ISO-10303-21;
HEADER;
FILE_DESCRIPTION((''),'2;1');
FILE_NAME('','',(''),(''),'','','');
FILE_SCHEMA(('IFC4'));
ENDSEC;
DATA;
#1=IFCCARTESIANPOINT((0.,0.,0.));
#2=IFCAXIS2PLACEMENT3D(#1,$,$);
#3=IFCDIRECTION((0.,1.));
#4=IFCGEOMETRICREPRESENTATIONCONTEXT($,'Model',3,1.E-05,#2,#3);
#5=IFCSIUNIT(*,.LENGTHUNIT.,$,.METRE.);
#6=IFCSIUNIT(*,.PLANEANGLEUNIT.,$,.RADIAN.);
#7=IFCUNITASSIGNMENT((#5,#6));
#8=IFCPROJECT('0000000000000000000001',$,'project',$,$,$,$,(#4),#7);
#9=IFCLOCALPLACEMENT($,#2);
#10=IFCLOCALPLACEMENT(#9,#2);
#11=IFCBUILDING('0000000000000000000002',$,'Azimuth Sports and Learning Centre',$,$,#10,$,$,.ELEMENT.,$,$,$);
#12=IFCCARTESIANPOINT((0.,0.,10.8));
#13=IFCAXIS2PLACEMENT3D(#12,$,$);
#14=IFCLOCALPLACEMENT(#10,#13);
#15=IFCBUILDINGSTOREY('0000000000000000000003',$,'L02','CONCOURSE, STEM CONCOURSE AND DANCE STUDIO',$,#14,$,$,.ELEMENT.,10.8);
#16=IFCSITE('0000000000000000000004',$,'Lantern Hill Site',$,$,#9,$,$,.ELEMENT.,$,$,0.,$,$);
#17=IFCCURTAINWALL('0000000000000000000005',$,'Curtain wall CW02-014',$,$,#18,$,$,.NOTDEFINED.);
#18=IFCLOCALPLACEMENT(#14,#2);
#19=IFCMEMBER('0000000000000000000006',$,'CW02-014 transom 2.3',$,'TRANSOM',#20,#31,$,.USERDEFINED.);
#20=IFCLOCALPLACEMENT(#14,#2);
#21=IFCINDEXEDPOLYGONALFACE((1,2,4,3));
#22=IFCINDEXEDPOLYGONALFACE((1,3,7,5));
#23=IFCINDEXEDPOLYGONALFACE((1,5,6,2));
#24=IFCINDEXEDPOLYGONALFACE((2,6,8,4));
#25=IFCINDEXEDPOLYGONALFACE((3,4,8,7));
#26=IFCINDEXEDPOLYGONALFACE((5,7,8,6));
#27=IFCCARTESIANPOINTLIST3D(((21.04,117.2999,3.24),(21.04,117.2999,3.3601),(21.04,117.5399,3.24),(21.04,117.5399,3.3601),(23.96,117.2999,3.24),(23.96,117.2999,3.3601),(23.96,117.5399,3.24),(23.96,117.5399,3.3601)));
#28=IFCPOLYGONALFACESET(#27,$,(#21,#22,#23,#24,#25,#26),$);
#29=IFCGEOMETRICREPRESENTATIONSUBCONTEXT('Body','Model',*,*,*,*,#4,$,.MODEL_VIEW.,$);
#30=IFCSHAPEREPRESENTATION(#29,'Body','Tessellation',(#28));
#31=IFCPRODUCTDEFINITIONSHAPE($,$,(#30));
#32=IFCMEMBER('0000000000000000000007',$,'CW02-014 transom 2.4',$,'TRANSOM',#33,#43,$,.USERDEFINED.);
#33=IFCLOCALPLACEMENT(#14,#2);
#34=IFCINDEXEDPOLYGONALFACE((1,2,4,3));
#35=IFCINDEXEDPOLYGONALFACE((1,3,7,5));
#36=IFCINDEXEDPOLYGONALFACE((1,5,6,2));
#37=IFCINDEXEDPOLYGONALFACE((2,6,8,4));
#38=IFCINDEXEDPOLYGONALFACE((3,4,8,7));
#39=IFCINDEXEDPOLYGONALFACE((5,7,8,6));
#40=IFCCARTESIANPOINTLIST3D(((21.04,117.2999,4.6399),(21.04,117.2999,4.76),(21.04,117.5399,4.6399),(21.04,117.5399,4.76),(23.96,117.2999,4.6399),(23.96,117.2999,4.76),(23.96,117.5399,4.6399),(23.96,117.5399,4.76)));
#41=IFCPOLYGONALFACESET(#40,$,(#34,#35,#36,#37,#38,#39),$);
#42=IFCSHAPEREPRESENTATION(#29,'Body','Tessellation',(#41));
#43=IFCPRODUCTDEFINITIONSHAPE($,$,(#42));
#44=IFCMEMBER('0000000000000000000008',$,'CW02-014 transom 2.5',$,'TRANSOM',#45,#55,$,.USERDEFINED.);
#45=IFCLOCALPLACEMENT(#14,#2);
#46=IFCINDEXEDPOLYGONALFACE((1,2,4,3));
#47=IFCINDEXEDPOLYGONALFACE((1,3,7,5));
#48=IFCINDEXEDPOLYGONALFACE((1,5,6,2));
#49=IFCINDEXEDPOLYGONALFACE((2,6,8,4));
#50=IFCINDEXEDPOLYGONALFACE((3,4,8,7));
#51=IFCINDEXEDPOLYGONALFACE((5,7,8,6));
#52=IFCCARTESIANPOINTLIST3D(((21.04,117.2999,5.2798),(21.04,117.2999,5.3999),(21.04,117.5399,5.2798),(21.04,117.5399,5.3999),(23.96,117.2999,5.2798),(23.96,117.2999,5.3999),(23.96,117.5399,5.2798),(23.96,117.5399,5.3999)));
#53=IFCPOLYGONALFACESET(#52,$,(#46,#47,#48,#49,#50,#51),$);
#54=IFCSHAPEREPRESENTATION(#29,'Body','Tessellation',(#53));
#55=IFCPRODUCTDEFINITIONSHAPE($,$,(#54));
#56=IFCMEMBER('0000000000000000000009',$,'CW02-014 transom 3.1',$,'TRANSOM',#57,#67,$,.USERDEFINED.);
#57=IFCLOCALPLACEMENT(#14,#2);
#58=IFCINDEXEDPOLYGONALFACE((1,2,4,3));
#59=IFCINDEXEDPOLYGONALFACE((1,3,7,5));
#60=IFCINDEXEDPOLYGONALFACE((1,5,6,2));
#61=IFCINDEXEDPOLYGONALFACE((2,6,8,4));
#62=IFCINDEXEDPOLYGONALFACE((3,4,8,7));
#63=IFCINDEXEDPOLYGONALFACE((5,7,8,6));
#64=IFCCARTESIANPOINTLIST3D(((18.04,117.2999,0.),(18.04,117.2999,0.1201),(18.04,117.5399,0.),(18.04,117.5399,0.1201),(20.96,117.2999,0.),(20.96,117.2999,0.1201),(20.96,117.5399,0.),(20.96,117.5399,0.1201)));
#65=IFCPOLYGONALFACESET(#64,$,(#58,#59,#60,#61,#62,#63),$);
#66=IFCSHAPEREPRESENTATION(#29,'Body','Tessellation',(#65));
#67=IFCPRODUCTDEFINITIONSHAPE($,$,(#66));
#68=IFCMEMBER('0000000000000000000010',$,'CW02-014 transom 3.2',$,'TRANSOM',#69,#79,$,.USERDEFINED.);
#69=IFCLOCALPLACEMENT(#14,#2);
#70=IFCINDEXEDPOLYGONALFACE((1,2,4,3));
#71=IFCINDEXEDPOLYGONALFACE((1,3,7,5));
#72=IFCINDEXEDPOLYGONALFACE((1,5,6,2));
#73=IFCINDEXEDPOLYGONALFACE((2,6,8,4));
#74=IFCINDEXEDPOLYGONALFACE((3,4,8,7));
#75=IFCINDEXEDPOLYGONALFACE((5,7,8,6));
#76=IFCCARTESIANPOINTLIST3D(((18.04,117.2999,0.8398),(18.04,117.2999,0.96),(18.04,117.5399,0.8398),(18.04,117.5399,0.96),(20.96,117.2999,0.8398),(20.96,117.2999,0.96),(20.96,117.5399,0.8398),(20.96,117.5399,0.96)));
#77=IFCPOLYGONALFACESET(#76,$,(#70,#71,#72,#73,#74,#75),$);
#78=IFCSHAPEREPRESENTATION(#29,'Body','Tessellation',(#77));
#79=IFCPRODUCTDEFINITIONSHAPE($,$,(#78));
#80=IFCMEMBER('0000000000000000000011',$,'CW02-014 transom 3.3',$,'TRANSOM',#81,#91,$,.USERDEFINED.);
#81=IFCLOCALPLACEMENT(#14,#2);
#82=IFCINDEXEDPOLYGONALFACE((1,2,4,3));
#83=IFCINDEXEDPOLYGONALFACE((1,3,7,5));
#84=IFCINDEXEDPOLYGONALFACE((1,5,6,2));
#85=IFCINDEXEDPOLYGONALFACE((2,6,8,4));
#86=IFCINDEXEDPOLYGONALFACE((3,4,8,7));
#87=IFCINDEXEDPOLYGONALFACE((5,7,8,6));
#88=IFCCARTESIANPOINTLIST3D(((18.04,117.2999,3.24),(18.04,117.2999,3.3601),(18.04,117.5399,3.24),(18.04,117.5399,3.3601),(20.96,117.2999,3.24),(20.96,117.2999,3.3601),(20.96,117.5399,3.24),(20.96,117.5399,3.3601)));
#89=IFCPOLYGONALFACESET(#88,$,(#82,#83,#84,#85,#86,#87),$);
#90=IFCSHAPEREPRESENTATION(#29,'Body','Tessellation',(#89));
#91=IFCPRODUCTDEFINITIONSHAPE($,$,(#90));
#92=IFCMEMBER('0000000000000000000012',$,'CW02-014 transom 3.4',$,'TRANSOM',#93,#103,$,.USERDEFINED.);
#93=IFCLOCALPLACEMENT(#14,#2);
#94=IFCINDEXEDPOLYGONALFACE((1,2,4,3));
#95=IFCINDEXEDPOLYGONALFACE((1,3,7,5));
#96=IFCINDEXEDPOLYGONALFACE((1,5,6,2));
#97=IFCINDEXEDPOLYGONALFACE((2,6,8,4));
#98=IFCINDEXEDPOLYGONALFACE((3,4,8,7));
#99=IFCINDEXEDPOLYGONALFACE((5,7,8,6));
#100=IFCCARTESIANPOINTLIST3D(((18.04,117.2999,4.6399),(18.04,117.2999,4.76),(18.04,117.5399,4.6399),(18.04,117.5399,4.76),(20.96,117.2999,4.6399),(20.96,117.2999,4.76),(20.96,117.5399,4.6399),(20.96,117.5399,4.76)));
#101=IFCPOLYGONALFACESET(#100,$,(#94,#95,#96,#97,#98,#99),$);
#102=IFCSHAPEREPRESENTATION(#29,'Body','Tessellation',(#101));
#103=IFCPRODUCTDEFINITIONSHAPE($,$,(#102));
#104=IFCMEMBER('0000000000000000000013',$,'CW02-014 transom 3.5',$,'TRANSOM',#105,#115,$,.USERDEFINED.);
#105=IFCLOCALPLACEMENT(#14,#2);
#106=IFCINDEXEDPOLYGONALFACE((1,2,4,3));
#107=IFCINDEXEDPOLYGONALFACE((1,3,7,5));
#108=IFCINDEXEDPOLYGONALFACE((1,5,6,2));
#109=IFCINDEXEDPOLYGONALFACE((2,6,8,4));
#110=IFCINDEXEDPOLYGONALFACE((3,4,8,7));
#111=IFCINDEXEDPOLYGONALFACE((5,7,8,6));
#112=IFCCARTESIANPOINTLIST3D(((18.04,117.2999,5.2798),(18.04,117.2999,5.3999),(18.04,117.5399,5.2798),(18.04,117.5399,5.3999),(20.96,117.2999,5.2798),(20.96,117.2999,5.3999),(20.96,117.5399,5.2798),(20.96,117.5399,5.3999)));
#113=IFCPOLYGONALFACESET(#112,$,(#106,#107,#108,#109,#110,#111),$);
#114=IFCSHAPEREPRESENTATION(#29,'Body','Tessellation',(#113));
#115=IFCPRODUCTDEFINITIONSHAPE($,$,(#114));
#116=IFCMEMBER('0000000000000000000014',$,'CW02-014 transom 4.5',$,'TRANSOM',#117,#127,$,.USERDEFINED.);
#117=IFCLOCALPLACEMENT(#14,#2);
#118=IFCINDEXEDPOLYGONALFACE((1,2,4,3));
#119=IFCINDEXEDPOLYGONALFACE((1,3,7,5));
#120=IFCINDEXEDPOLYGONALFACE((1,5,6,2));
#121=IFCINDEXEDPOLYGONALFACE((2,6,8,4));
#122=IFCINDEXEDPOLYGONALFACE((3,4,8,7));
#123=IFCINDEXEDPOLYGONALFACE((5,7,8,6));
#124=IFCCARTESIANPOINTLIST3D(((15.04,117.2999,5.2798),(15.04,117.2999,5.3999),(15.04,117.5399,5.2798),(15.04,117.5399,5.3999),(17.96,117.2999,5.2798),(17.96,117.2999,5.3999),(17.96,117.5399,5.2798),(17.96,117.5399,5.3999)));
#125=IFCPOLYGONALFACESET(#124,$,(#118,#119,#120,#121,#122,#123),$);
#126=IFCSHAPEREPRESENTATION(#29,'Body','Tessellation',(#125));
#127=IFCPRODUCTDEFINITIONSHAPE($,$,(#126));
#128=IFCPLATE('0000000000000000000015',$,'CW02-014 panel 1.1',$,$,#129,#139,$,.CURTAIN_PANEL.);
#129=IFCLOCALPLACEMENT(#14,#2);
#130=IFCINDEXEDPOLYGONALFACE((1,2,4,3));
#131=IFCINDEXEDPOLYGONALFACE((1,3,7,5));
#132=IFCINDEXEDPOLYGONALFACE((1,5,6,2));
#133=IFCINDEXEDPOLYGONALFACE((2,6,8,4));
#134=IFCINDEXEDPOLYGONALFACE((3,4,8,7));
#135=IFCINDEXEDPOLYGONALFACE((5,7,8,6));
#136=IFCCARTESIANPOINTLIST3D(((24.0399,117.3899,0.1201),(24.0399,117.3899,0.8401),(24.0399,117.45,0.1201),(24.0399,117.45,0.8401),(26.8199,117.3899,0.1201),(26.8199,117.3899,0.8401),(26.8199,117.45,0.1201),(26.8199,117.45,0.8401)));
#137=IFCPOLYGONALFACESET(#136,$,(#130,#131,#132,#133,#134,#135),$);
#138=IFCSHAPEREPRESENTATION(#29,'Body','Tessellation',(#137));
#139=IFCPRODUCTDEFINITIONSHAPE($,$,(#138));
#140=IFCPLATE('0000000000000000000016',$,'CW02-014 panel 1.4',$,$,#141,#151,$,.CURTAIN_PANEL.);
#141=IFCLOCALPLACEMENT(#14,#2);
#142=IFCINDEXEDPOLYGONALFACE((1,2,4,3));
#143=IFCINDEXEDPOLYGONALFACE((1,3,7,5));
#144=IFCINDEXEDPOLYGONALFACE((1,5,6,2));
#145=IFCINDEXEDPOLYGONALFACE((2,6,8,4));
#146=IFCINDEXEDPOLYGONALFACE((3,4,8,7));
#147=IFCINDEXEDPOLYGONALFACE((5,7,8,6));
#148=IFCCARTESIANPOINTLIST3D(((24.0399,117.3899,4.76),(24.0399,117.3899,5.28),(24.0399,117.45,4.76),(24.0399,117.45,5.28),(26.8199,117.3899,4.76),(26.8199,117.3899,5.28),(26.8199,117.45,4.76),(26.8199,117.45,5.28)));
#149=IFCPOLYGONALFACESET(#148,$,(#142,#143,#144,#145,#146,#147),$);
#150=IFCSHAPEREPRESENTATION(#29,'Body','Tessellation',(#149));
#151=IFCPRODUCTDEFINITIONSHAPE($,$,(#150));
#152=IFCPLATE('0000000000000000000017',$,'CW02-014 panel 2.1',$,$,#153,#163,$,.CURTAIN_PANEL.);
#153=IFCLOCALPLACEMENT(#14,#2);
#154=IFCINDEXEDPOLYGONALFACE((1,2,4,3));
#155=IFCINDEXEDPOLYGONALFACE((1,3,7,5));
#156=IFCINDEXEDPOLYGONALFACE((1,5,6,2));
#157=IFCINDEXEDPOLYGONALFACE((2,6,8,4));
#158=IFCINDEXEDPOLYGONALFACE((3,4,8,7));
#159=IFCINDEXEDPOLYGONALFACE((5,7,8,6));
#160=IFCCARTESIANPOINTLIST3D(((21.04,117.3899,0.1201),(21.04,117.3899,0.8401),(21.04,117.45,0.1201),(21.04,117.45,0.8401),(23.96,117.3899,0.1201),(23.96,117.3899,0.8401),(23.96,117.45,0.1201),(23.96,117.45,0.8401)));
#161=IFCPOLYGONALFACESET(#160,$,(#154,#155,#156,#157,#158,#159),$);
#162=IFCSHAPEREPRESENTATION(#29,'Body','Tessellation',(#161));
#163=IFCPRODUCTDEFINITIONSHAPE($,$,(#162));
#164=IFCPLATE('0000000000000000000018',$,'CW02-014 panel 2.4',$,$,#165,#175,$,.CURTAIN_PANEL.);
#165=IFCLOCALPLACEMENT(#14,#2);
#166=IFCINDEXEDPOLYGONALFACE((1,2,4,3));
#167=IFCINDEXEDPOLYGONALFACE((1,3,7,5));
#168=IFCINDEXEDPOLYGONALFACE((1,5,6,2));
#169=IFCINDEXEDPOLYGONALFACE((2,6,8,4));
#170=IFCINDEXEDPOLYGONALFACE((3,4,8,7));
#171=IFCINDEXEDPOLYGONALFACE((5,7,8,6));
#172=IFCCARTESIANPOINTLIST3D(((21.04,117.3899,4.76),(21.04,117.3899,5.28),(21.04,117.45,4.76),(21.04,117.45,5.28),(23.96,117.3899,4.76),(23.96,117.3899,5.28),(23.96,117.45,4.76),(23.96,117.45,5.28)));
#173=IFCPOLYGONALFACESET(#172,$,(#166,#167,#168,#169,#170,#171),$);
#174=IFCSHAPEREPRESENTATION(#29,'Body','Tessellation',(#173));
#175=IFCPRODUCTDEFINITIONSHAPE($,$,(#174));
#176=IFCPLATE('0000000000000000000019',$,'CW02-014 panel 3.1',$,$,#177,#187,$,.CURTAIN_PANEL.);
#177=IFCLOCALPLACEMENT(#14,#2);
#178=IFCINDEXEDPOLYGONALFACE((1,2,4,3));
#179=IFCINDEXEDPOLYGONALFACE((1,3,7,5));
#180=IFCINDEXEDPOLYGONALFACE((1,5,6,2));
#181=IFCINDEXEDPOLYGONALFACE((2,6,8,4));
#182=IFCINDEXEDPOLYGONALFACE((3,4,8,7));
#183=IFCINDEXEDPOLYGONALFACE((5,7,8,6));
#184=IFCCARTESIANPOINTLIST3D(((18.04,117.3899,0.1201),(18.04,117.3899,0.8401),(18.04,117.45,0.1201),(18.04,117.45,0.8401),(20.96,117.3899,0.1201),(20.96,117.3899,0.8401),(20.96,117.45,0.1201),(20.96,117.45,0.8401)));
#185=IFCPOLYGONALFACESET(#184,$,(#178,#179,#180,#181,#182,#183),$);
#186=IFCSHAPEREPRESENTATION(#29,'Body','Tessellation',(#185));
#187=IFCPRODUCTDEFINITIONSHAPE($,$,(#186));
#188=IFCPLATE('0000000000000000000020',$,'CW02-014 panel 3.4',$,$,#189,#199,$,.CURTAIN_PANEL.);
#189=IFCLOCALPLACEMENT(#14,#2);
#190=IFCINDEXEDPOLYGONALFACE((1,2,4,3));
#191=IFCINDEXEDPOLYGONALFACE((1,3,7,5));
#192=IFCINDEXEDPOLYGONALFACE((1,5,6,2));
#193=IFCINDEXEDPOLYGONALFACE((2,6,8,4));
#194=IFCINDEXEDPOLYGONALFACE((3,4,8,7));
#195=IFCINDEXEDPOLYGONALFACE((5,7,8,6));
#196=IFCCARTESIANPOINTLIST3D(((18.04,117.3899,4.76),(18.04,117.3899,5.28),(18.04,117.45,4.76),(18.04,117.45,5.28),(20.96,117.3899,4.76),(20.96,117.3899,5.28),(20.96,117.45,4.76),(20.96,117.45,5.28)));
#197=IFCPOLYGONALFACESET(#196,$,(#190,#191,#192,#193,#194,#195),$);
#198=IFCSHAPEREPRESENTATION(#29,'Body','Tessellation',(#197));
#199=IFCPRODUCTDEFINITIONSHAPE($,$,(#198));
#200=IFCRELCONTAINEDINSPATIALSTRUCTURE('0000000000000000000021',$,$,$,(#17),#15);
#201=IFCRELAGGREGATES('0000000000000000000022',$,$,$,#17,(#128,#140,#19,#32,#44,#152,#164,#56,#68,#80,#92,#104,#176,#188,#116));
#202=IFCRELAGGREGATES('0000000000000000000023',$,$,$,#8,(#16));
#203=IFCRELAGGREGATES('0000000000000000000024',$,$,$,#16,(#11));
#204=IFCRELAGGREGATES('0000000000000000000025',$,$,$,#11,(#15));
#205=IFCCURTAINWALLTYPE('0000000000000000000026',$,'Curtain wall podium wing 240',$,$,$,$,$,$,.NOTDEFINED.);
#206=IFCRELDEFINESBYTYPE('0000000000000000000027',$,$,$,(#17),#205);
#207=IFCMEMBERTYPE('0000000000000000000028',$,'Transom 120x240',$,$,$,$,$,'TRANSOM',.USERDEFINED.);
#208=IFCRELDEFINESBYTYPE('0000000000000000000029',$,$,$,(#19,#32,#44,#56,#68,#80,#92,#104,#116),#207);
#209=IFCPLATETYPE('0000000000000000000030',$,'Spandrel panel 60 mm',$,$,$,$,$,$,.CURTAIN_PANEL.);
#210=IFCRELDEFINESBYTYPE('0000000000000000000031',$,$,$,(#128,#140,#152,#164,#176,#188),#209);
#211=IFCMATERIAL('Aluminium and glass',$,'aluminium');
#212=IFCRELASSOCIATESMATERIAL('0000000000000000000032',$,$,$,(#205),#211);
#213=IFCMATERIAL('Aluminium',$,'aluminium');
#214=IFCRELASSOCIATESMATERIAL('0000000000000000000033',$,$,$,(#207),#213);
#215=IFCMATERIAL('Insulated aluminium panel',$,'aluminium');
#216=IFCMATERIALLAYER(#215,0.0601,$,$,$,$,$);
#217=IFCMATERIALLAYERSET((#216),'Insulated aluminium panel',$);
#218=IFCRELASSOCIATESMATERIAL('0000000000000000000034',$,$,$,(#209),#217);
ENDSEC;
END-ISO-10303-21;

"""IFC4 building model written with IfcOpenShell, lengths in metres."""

from ifc_helpers import new_model, si_unit, direction, frame, origin, origin_2d, place, context, subcontext, project, spatial, rectangle, extrude, material, layer, layer_set, material_profile, profile_set, type_object, element, aggregate, save


model = new_model("IFC4")

# Units and contexts
model_context = context("Model", 3, precision=1e-05, world=origin(), true_north=direction((0.0, 1.0)))
body_context = subcontext(model_context, "Body", "Model", "MODEL_VIEW")
ifc_project = project(units=[si_unit("LENGTHUNIT", "METRE"), si_unit("PLANEANGLEUNIT", "RADIAN")], contexts=[model_context])

# Site, building, storey
site_placement = place(None, origin())
site = spatial("IfcSite", under=ifc_project, at=site_placement, Name="Lantern Hill Site", CompositionType="ELEMENT", RefElevation=0.0)
building_placement = place(site_placement, origin())
building = spatial("IfcBuilding", under=site, at=building_placement, Name="Azimuth Sports and Learning Centre", CompositionType="ELEMENT")
storey_placement = place(building_placement, frame((0.0, 0.0, 10.8)))
storey = spatial("IfcBuildingStorey", under=building, at=storey_placement, Name="L02", Description="CONCOURSE, STEM CONCOURSE AND DANCE STUDIO", CompositionType="ELEMENT", Elevation=10.8)

# Curtain wall, members, plates
ifc_material_1 = material(Name="Aluminium and glass", Category="aluminium")
curtain_wall_type = type_object("IfcCurtainWallType", Name="Curtain wall podium wing 240", PredefinedType="NOTDEFINED", material=ifc_material_1)
curtain_wall_placement = place(storey_placement, origin())
curtain_wall = element("IfcCurtainWall", 1, at=curtain_wall_placement, inside=storey, type_object=curtain_wall_type, Name="Curtain wall CW02-014", PredefinedType="NOTDEFINED")
ifc_material_2 = material(Name="Aluminium", Category="aluminium")
ifc_material_profile_1 = material_profile(ifc_material_2, rectangle(XDim=0.24, YDim=0.1201, at=origin_2d()), Name="Transom 120x240")
ifc_profile_set_1 = profile_set([ifc_material_profile_1], Name="Aluminium")
member_type_1 = type_object("IfcMemberType", Name="Transom 120x240", ElementType="TRANSOM", PredefinedType="USERDEFINED", material=ifc_profile_set_1)
member_1_placement = place(storey_placement, frame((23.96, 117.4199, 3.3), z_axis=(-1.0, 0.0, 0.0), x_axis=(0.0, -1.0, 0.0)))
member_1 = element("IfcMember", 2, at=member_1_placement, type_object=member_type_1, Name="CW02-014 transom 2.3", ObjectType="TRANSOM", PredefinedType="USERDEFINED", context=body_context, shape_type="SweptSolid", body=[
    extrude(rectangle(XDim=0.24, YDim=0.1201, at=origin_2d()), origin(), (0.0, 0.0, 1.0), 2.9199),
])
member_2_placement = place(storey_placement, frame((23.96, 117.4199, 4.7), z_axis=(-1.0, 0.0, 0.0), x_axis=(0.0, -1.0, 0.0)))
member_2 = element("IfcMember", 3, at=member_2_placement, type_object=member_type_1, Name="CW02-014 transom 2.4", ObjectType="TRANSOM", PredefinedType="USERDEFINED", context=body_context, shape_type="SweptSolid", body=[
    extrude(rectangle(XDim=0.24, YDim=0.1201, at=origin_2d()), origin(), (0.0, 0.0, 1.0), 2.9199),
])
member_3_placement = place(storey_placement, frame((23.96, 117.4199, 5.3398), z_axis=(-1.0, 0.0, 0.0), x_axis=(0.0, -1.0, 0.0)))
member_3 = element("IfcMember", 4, at=member_3_placement, type_object=member_type_1, Name="CW02-014 transom 2.5", ObjectType="TRANSOM", PredefinedType="USERDEFINED", context=body_context, shape_type="SweptSolid", body=[
    extrude(rectangle(XDim=0.24, YDim=0.1201, at=origin_2d()), origin(), (0.0, 0.0, 1.0), 2.9199),
])
member_4_placement = place(storey_placement, frame((20.96, 117.4199, 0.0601), z_axis=(-1.0, 0.0, 0.0), x_axis=(0.0, -1.0, 0.0)))
member_4 = element("IfcMember", 5, at=member_4_placement, type_object=member_type_1, Name="CW02-014 transom 3.1", ObjectType="TRANSOM", PredefinedType="USERDEFINED", context=body_context, shape_type="SweptSolid", body=[
    extrude(rectangle(XDim=0.24, YDim=0.1201, at=origin_2d()), origin(), (0.0, 0.0, 1.0), 2.9199),
])
member_5_placement = place(storey_placement, frame((20.96, 117.4199, 0.8999), z_axis=(-1.0, 0.0, 0.0), x_axis=(0.0, -1.0, 0.0)))
member_5 = element("IfcMember", 6, at=member_5_placement, type_object=member_type_1, Name="CW02-014 transom 3.2", ObjectType="TRANSOM", PredefinedType="USERDEFINED", context=body_context, shape_type="SweptSolid", body=[
    extrude(rectangle(XDim=0.24, YDim=0.1201, at=origin_2d()), origin(), (0.0, 0.0, 1.0), 2.9199),
])
member_6_placement = place(storey_placement, frame((20.96, 117.4199, 3.3), z_axis=(-1.0, 0.0, 0.0), x_axis=(0.0, -1.0, 0.0)))
member_6 = element("IfcMember", 7, at=member_6_placement, type_object=member_type_1, Name="CW02-014 transom 3.3", ObjectType="TRANSOM", PredefinedType="USERDEFINED", context=body_context, shape_type="SweptSolid", body=[
    extrude(rectangle(XDim=0.24, YDim=0.1201, at=origin_2d()), origin(), (0.0, 0.0, 1.0), 2.9199),
])
member_7_placement = place(storey_placement, frame((20.96, 117.4199, 4.7), z_axis=(-1.0, 0.0, 0.0), x_axis=(0.0, -1.0, 0.0)))
member_7 = element("IfcMember", 8, at=member_7_placement, type_object=member_type_1, Name="CW02-014 transom 3.4", ObjectType="TRANSOM", PredefinedType="USERDEFINED", context=body_context, shape_type="SweptSolid", body=[
    extrude(rectangle(XDim=0.24, YDim=0.1201, at=origin_2d()), origin(), (0.0, 0.0, 1.0), 2.9199),
])
member_8_placement = place(storey_placement, frame((20.96, 117.4199, 5.3398), z_axis=(-1.0, 0.0, 0.0), x_axis=(0.0, -1.0, 0.0)))
member_8 = element("IfcMember", 9, at=member_8_placement, type_object=member_type_1, Name="CW02-014 transom 3.5", ObjectType="TRANSOM", PredefinedType="USERDEFINED", context=body_context, shape_type="SweptSolid", body=[
    extrude(rectangle(XDim=0.24, YDim=0.1201, at=origin_2d()), origin(), (0.0, 0.0, 1.0), 2.9199),
])
member_9_placement = place(storey_placement, frame((17.96, 117.4199, 5.3398), z_axis=(-1.0, 0.0, 0.0), x_axis=(0.0, -1.0, 0.0)))
member_9 = element("IfcMember", 10, at=member_9_placement, type_object=member_type_1, Name="CW02-014 transom 4.5", ObjectType="TRANSOM", PredefinedType="USERDEFINED", context=body_context, shape_type="SweptSolid", body=[
    extrude(rectangle(XDim=0.24, YDim=0.1201, at=origin_2d()), origin(), (0.0, 0.0, 1.0), 2.9199),
])
ifc_material_3 = material(Name="Insulated aluminium panel", Category="aluminium")
ifc_layer_1 = layer(ifc_material_3, 0.0601)
ifc_layer_set_1 = layer_set([ifc_layer_1], Name="Insulated aluminium panel")
plate_type_1 = type_object("IfcPlateType", Name="Spandrel panel 60 mm", PredefinedType="CURTAIN_PANEL", material=ifc_layer_set_1)
plate_1_placement = place(storey_placement, frame((25.4299, 117.4199, 0.1201), z_axis=(0.0, 0.0, 1.0), x_axis=(-1.0, 0.0, 0.0)))
plate_1 = element("IfcPlate", 11, at=plate_1_placement, type_object=plate_type_1, Name="CW02-014 panel 1.1", PredefinedType="CURTAIN_PANEL", context=body_context, shape_type="SweptSolid", body=[
    extrude(rectangle(XDim=2.78, YDim=0.0601, at=origin_2d()), origin(), (0.0, 0.0, 1.0), 0.72),
])
plate_2_placement = place(storey_placement, frame((25.4299, 117.4199, 4.76), z_axis=(0.0, 0.0, 1.0), x_axis=(-1.0, 0.0, 0.0)))
plate_2 = element("IfcPlate", 12, at=plate_2_placement, type_object=plate_type_1, Name="CW02-014 panel 1.4", PredefinedType="CURTAIN_PANEL", context=body_context, shape_type="SweptSolid", body=[
    extrude(rectangle(XDim=2.78, YDim=0.0601, at=origin_2d()), origin(), (0.0, 0.0, 1.0), 0.52),
])
plate_3_placement = place(storey_placement, frame((22.5, 117.4199, 0.1201), z_axis=(0.0, 0.0, 1.0), x_axis=(-1.0, 0.0, 0.0)))
plate_3 = element("IfcPlate", 13, at=plate_3_placement, type_object=plate_type_1, Name="CW02-014 panel 2.1", PredefinedType="CURTAIN_PANEL", context=body_context, shape_type="SweptSolid", body=[
    extrude(rectangle(XDim=2.9199, YDim=0.0601, at=origin_2d()), origin(), (0.0, 0.0, 1.0), 0.72),
])
plate_4_placement = place(storey_placement, frame((22.5, 117.4199, 4.76), z_axis=(0.0, 0.0, 1.0), x_axis=(-1.0, 0.0, 0.0)))
plate_4 = element("IfcPlate", 14, at=plate_4_placement, type_object=plate_type_1, Name="CW02-014 panel 2.4", PredefinedType="CURTAIN_PANEL", context=body_context, shape_type="SweptSolid", body=[
    extrude(rectangle(XDim=2.9199, YDim=0.0601, at=origin_2d()), origin(), (0.0, 0.0, 1.0), 0.52),
])
plate_5_placement = place(storey_placement, frame((19.5, 117.4199, 0.1201), z_axis=(0.0, 0.0, 1.0), x_axis=(-1.0, 0.0, 0.0)))
plate_5 = element("IfcPlate", 15, at=plate_5_placement, type_object=plate_type_1, Name="CW02-014 panel 3.1", PredefinedType="CURTAIN_PANEL", context=body_context, shape_type="SweptSolid", body=[
    extrude(rectangle(XDim=2.9199, YDim=0.0601, at=origin_2d()), origin(), (0.0, 0.0, 1.0), 0.72),
])
plate_6_placement = place(storey_placement, frame((19.5, 117.4199, 4.76), z_axis=(0.0, 0.0, 1.0), x_axis=(-1.0, 0.0, 0.0)))
plate_6 = element("IfcPlate", 16, at=plate_6_placement, type_object=plate_type_1, Name="CW02-014 panel 3.4", PredefinedType="CURTAIN_PANEL", context=body_context, shape_type="SweptSolid", body=[
    extrude(rectangle(XDim=2.9199, YDim=0.0601, at=origin_2d()), origin(), (0.0, 0.0, 1.0), 0.52),
])
aggregate(curtain_wall, [plate_1, plate_2, member_1, member_2, member_3, plate_3, plate_4, member_4, member_5, member_6, member_7, member_8, plate_5, plate_6, member_9])

save(model, "model.ifc")
